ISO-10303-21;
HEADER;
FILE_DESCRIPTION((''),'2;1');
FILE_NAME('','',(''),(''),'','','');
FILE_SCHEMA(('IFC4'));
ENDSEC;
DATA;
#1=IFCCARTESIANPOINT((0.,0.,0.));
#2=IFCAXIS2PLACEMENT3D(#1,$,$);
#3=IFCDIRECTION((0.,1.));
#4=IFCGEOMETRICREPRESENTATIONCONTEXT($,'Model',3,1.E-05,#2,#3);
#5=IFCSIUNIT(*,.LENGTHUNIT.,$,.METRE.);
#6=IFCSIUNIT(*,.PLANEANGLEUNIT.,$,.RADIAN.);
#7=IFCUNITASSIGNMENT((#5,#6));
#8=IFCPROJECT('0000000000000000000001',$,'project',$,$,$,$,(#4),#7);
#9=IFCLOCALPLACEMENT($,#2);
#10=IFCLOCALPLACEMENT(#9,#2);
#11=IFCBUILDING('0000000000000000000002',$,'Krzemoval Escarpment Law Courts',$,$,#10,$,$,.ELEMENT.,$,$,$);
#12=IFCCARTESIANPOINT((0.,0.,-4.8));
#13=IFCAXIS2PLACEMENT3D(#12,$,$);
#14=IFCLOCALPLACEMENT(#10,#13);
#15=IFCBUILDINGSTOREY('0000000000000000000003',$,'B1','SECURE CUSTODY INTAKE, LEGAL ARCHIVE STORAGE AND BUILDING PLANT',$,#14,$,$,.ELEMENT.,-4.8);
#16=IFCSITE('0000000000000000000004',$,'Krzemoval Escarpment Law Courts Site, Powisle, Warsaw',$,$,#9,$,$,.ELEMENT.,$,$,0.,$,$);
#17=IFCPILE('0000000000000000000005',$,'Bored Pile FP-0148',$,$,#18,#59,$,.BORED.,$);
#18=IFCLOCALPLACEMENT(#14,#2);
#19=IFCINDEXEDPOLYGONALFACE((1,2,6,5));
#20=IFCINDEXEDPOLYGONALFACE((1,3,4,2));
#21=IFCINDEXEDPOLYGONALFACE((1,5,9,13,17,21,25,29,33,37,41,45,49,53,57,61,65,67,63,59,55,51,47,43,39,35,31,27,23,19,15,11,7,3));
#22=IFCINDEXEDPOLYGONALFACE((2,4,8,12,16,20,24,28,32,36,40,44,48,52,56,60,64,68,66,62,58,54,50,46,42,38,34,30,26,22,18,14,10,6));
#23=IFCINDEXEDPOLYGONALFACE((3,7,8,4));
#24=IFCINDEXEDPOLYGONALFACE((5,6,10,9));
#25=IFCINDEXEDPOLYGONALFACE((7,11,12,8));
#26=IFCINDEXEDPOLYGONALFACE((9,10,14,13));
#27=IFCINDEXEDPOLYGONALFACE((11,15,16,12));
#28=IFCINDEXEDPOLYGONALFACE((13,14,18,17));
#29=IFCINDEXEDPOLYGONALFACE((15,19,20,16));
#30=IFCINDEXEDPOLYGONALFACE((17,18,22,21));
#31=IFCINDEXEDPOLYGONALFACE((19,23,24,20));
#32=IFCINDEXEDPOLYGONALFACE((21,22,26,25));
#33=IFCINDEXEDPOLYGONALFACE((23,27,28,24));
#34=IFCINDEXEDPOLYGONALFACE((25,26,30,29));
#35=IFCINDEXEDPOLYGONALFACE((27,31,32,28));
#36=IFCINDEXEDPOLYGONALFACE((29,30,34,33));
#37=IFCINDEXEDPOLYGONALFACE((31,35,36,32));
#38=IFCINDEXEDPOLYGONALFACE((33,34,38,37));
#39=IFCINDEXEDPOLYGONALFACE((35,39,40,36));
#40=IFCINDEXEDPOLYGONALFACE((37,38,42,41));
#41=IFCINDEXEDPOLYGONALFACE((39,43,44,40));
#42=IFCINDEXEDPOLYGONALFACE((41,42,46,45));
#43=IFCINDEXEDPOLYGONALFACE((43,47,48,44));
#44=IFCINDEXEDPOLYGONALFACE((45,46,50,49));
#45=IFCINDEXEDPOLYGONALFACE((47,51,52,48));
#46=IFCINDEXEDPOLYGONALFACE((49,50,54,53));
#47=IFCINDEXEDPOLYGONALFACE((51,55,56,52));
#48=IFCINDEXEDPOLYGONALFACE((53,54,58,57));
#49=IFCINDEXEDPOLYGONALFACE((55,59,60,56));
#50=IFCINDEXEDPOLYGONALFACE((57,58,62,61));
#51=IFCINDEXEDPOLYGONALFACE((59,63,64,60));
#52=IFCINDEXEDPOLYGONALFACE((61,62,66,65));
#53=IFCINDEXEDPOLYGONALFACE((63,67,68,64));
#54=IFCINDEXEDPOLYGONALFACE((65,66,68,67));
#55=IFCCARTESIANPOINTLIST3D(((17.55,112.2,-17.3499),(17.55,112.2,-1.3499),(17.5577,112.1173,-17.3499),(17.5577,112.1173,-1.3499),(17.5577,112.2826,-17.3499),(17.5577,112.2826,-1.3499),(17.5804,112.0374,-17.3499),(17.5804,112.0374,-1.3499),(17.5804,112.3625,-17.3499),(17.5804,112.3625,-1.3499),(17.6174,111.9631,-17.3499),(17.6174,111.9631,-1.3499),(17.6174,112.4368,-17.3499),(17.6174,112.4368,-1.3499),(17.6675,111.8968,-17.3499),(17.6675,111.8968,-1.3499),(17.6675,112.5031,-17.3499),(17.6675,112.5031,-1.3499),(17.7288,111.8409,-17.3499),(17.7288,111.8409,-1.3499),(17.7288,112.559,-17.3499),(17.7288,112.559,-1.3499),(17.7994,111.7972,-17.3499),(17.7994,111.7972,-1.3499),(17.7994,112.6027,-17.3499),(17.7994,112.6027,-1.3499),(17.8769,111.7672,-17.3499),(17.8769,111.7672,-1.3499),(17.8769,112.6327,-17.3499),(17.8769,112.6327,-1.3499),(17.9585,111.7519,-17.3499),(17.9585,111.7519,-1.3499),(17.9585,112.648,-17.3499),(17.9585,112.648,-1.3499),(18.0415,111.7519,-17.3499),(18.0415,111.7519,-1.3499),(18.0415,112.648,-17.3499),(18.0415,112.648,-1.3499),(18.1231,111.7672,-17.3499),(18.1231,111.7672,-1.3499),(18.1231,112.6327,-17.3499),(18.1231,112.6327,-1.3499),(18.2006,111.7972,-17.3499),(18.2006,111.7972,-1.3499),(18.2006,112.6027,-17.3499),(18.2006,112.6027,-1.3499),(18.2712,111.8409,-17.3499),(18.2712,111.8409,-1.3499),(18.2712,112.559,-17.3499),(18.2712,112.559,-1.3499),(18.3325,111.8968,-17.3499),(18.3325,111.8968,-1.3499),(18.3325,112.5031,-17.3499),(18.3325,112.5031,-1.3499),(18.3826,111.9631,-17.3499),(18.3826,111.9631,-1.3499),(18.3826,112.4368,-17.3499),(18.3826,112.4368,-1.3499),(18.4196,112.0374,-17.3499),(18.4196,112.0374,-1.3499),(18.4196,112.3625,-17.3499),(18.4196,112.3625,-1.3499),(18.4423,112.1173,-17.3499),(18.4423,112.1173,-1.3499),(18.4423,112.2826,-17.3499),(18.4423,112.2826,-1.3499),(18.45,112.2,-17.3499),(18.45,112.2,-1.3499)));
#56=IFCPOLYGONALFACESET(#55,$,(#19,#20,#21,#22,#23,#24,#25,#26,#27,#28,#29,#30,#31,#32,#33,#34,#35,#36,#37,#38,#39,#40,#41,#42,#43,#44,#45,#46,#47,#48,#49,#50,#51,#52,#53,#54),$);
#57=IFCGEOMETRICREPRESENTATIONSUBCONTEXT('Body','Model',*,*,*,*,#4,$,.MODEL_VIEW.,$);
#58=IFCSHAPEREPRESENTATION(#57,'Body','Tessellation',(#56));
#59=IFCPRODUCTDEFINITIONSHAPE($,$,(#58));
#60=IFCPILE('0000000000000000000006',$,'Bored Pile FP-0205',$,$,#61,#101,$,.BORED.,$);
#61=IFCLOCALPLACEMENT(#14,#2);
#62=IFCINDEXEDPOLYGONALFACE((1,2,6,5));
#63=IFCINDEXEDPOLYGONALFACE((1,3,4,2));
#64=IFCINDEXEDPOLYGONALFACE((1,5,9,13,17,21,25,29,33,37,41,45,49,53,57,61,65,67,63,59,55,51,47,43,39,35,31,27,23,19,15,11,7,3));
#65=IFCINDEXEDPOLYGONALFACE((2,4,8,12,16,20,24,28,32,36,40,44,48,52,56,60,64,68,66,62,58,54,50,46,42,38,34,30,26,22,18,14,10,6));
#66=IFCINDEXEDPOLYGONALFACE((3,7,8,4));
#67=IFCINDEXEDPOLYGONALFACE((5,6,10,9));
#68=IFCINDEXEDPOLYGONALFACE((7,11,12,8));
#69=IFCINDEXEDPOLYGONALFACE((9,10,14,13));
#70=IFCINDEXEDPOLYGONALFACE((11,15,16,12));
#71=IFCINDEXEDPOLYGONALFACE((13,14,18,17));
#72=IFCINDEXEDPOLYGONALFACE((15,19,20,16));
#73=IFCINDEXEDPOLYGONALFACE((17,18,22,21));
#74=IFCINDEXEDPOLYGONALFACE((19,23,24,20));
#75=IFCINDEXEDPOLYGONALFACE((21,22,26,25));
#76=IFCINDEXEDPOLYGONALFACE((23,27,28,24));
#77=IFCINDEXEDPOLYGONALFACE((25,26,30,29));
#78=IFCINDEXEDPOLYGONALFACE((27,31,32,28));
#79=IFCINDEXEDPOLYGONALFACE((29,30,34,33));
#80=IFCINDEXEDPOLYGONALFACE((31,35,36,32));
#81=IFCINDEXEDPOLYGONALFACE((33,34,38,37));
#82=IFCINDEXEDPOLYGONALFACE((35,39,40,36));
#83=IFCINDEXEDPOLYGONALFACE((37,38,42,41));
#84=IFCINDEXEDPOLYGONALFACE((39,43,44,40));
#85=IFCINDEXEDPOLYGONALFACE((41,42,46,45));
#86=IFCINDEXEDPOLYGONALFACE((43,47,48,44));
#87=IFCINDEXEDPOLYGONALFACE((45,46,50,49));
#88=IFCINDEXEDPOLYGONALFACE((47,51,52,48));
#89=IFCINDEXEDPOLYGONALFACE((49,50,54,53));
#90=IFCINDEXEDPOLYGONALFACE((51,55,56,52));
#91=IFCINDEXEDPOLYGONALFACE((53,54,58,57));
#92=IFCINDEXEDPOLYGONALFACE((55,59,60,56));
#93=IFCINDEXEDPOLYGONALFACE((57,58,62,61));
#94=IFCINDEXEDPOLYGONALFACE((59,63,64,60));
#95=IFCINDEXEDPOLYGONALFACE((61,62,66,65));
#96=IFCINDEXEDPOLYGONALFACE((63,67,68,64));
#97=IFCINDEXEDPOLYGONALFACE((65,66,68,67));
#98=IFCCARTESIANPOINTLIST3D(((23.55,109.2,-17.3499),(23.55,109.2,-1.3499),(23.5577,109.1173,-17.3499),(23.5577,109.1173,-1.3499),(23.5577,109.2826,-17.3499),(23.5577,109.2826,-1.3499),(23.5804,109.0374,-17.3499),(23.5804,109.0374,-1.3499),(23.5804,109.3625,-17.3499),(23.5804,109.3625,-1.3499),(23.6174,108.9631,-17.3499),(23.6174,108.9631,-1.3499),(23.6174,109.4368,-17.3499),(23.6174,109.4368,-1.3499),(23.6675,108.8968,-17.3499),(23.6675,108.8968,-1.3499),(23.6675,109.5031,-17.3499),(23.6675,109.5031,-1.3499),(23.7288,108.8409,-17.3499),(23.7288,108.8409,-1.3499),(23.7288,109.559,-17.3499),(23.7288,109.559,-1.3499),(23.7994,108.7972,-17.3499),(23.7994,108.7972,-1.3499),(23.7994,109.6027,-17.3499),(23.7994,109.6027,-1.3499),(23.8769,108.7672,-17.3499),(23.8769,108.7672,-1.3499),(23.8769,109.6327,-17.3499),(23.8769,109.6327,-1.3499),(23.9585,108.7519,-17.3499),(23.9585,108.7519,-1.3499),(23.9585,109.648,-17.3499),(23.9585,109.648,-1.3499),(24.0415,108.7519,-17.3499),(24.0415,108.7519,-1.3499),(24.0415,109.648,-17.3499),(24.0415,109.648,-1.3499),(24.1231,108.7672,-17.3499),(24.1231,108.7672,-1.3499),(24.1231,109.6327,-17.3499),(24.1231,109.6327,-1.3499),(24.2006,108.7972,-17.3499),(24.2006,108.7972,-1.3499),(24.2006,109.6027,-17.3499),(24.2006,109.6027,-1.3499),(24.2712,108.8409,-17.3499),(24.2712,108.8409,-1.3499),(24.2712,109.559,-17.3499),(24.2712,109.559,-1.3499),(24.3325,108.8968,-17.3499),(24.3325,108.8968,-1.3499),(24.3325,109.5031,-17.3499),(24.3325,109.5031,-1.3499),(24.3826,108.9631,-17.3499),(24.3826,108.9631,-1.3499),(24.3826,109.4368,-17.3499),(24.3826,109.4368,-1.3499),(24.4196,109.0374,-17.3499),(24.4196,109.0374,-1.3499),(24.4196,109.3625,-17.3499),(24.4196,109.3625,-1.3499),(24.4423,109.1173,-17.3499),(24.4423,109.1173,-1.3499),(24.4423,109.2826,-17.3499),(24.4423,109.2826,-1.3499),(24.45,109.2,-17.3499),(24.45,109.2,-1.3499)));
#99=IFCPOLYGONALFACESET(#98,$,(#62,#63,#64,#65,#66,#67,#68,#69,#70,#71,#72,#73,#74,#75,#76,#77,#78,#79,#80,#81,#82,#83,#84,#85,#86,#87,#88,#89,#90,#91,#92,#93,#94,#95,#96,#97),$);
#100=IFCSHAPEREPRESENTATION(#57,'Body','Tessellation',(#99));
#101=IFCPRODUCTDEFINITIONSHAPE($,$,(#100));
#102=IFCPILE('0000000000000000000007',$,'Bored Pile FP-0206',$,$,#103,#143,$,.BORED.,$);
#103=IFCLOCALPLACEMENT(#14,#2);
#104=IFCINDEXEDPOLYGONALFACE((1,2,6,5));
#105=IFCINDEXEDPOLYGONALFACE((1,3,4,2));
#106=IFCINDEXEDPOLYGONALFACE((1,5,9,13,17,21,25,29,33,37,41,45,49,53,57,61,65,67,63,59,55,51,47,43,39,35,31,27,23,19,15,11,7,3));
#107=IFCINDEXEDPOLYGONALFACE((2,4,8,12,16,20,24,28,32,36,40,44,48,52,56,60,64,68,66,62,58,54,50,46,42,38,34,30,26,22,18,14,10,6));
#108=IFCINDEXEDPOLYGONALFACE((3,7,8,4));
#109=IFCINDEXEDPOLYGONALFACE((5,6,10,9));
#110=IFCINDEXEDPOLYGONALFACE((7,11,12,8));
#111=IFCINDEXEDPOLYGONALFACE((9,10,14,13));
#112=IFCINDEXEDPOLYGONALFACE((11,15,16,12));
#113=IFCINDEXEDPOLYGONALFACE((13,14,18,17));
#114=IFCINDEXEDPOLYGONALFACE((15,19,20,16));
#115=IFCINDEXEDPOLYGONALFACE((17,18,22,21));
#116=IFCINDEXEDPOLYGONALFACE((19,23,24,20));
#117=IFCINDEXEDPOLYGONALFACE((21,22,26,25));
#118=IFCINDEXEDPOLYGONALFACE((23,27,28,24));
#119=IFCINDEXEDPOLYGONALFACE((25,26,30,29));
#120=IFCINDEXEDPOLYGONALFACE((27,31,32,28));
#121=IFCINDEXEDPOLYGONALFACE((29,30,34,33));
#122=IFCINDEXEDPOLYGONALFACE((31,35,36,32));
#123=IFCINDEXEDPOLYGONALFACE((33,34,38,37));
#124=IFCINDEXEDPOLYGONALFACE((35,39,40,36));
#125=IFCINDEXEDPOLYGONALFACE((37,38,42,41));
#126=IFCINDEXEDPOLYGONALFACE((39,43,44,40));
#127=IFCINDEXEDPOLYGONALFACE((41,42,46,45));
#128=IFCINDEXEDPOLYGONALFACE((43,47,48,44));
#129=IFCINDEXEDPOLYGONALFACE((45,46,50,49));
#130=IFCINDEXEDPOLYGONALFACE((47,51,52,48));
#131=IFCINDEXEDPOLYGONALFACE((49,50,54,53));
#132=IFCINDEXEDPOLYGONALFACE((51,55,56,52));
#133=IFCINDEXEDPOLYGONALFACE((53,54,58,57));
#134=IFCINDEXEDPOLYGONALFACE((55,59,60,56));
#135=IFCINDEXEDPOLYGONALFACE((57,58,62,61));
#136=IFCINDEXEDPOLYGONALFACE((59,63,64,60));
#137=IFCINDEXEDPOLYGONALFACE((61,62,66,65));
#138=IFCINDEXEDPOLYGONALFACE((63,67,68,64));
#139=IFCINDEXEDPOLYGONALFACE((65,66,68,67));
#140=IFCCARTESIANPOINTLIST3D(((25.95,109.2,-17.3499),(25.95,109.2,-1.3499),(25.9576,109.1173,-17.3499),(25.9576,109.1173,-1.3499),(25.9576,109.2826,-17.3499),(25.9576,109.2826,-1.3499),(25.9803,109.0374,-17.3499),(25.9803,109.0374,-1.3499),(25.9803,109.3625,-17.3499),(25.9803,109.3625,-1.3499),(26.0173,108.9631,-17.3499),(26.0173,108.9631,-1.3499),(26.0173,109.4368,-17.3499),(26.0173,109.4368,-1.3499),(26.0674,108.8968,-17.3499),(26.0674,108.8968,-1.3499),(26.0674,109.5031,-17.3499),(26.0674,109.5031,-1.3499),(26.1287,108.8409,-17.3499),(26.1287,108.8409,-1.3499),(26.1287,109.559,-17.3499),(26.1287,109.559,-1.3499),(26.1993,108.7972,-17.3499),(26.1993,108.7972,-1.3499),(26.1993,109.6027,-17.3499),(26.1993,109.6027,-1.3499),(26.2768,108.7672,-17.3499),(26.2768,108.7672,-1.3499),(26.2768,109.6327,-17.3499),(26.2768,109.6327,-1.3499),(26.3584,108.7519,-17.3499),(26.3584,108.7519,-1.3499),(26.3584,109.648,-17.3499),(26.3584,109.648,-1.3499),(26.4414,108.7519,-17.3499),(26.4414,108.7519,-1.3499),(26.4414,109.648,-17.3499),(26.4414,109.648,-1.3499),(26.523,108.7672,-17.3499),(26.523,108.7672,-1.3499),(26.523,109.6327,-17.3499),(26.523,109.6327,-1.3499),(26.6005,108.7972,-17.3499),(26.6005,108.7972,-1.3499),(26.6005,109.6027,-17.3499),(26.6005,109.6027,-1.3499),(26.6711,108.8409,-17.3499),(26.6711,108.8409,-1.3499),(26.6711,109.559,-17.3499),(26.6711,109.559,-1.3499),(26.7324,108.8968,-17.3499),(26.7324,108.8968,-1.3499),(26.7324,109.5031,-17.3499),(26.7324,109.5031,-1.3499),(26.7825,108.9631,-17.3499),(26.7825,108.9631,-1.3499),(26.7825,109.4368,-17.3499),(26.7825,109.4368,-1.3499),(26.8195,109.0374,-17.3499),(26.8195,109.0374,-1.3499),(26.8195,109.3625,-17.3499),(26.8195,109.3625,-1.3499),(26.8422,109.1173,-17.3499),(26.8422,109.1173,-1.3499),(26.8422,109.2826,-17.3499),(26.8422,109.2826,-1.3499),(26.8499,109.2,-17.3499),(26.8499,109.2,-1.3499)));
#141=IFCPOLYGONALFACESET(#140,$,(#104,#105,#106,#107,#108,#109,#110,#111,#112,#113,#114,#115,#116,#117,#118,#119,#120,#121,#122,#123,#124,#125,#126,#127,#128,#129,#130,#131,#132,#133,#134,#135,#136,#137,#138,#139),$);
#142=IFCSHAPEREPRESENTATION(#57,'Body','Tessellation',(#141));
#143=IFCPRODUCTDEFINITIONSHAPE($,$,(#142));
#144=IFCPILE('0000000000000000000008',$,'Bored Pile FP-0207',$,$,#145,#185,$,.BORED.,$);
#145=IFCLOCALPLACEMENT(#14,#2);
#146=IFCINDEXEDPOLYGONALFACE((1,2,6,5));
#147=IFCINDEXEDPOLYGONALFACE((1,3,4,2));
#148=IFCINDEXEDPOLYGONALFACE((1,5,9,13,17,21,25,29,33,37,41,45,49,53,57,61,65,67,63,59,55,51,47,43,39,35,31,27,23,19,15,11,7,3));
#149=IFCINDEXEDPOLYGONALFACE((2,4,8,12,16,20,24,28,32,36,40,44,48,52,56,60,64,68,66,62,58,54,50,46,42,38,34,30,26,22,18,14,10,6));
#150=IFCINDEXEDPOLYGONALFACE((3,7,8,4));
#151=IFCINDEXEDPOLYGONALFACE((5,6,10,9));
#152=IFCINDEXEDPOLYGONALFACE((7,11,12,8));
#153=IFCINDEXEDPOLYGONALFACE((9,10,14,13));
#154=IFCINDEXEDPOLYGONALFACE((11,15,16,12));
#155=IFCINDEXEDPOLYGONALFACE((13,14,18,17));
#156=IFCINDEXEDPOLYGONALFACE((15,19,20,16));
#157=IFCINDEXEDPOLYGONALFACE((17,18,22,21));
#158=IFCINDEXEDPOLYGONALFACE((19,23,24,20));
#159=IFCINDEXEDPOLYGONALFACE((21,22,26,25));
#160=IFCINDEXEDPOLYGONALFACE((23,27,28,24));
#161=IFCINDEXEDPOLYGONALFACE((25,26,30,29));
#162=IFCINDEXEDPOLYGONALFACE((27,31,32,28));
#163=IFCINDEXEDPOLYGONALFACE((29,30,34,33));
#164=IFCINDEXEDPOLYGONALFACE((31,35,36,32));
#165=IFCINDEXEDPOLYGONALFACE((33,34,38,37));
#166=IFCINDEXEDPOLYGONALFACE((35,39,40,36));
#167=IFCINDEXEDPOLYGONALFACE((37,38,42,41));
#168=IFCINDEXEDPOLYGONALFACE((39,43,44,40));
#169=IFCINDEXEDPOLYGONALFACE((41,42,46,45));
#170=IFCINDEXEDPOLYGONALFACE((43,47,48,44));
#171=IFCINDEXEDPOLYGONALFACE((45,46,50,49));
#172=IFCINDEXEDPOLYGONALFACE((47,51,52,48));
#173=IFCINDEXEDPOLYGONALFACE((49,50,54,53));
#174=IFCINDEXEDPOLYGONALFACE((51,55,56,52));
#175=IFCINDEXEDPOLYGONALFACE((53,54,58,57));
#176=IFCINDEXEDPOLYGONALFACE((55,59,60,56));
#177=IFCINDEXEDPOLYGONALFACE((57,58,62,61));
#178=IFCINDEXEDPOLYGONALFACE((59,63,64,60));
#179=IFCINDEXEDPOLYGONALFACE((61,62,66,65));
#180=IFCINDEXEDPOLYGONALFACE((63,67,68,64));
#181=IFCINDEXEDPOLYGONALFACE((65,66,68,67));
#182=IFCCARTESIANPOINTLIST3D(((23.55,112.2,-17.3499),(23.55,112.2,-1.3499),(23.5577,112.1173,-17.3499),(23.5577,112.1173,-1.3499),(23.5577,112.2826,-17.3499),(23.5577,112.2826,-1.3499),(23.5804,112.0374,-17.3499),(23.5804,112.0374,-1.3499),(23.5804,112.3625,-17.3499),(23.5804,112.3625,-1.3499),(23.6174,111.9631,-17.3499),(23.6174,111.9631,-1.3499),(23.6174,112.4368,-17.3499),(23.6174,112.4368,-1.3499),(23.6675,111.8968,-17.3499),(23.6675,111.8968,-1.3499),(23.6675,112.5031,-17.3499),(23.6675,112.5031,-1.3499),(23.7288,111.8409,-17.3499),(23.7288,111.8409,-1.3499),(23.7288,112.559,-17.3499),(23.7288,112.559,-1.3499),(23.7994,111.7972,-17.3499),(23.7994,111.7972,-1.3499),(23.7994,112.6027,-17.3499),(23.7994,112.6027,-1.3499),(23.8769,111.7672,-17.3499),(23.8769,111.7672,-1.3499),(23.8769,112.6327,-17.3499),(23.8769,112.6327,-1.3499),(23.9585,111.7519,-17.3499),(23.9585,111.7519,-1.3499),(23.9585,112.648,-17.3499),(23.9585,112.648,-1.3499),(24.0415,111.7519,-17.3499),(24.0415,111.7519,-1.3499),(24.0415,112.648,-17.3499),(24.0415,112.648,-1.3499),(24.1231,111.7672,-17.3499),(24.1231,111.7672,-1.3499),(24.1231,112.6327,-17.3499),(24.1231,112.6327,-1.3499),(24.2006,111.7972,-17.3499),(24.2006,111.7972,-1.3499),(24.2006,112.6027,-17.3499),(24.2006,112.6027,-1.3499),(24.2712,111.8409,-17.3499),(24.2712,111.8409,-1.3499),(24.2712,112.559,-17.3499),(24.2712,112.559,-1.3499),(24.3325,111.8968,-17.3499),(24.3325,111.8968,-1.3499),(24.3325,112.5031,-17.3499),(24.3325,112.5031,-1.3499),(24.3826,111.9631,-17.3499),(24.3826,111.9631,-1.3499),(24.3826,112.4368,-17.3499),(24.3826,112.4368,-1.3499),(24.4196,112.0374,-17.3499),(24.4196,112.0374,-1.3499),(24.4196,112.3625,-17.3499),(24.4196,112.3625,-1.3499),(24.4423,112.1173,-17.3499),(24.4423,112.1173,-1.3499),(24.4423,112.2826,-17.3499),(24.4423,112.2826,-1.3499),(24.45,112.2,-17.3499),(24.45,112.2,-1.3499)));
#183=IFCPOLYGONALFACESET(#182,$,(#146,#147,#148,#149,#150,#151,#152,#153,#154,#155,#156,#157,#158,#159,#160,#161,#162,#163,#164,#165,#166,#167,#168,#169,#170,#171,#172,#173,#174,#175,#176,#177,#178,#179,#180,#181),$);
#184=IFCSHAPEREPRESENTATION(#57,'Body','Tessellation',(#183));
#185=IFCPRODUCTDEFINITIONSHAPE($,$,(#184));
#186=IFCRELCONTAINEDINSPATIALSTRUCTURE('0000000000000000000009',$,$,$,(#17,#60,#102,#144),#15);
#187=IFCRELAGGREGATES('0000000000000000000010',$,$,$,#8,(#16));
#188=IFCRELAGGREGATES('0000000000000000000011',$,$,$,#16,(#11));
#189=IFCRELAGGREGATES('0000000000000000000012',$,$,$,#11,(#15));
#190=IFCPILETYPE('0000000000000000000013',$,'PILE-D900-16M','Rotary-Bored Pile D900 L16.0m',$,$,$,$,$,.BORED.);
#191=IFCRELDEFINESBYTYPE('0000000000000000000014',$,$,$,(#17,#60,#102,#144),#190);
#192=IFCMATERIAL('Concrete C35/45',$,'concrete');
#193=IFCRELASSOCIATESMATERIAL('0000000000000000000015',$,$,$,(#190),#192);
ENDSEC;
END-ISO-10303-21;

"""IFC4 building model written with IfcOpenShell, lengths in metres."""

from ifc_helpers import new_model, si_unit, direction, frame, origin, origin_2d, place, context, subcontext, project, spatial, circle, extrude, material, material_profile, profile_set, type_object, element, save


model = new_model("IFC4")

# Units and contexts
model_context = context("Model", 3, precision=1e-05, world=origin(), true_north=direction((0.0, 1.0)))
body_context = subcontext(model_context, "Body", "Model", "MODEL_VIEW")
ifc_project = project(units=[si_unit("LENGTHUNIT", "METRE"), si_unit("PLANEANGLEUNIT", "RADIAN")], contexts=[model_context])

# Site, building, storey
site_placement = place(None, origin())
site = spatial("IfcSite", under=ifc_project, at=site_placement, Name="Krzemoval Escarpment Law Courts Site, Powisle, Warsaw", CompositionType="ELEMENT", RefElevation=0.0)
building_placement = place(site_placement, origin())
building = spatial("IfcBuilding", under=site, at=building_placement, Name="Krzemoval Escarpment Law Courts", CompositionType="ELEMENT")
storey_placement = place(building_placement, frame((0.0, 0.0, -4.8)))
storey = spatial("IfcBuildingStorey", under=building, at=storey_placement, Name="B1", Description="SECURE CUSTODY INTAKE, LEGAL ARCHIVE STORAGE AND BUILDING PLANT", CompositionType="ELEMENT", Elevation=-4.8)

# Piles
ifc_material_1 = material(Name="Concrete C35/45", Category="concrete")
ifc_material_profile_1 = material_profile(ifc_material_1, circle(Radius=0.45, at=origin_2d()), Name="PILE D900")
ifc_profile_set_1 = profile_set([ifc_material_profile_1], Name="Concrete C35/45")
pile_type = type_object("IfcPileType", Name="PILE-D900-16M", Description="Rotary-Bored Pile D900 L16.0m", PredefinedType="BORED", material=ifc_profile_set_1)
for number, where, z_axis, x_axis, name in (
    (1, (18.0, 112.2, -1.3499), (0.0, 0.0, -1.0), (1.0, 0.0, 0.0), "Bored Pile FP-0148"),
    (2, (24.0, 109.2, -1.3499), (0.0, 0.0, -1.0), (1.0, 0.0, 0.0), "Bored Pile FP-0205"),
    (3, (26.3999, 109.2, -1.3499), (0.0, 0.0, -1.0), (1.0, 0.0, 0.0), "Bored Pile FP-0206"),
    (4, (24.0, 112.2, -1.3499), (0.0, 0.0, -1.0), (1.0, 0.0, 0.0), "Bored Pile FP-0207"),
):
    element("IfcPile", number, at=place(storey_placement, frame(where, z_axis=z_axis, x_axis=x_axis)), inside=storey, type_object=pile_type, Name=name, PredefinedType="BORED", context=body_context, shape_type="SweptSolid", body=[
        extrude(circle(Radius=0.45, at=origin_2d()), origin(), (0.0, 0.0, 1.0), 16.0),
    ])

save(model, "model.ifc")
